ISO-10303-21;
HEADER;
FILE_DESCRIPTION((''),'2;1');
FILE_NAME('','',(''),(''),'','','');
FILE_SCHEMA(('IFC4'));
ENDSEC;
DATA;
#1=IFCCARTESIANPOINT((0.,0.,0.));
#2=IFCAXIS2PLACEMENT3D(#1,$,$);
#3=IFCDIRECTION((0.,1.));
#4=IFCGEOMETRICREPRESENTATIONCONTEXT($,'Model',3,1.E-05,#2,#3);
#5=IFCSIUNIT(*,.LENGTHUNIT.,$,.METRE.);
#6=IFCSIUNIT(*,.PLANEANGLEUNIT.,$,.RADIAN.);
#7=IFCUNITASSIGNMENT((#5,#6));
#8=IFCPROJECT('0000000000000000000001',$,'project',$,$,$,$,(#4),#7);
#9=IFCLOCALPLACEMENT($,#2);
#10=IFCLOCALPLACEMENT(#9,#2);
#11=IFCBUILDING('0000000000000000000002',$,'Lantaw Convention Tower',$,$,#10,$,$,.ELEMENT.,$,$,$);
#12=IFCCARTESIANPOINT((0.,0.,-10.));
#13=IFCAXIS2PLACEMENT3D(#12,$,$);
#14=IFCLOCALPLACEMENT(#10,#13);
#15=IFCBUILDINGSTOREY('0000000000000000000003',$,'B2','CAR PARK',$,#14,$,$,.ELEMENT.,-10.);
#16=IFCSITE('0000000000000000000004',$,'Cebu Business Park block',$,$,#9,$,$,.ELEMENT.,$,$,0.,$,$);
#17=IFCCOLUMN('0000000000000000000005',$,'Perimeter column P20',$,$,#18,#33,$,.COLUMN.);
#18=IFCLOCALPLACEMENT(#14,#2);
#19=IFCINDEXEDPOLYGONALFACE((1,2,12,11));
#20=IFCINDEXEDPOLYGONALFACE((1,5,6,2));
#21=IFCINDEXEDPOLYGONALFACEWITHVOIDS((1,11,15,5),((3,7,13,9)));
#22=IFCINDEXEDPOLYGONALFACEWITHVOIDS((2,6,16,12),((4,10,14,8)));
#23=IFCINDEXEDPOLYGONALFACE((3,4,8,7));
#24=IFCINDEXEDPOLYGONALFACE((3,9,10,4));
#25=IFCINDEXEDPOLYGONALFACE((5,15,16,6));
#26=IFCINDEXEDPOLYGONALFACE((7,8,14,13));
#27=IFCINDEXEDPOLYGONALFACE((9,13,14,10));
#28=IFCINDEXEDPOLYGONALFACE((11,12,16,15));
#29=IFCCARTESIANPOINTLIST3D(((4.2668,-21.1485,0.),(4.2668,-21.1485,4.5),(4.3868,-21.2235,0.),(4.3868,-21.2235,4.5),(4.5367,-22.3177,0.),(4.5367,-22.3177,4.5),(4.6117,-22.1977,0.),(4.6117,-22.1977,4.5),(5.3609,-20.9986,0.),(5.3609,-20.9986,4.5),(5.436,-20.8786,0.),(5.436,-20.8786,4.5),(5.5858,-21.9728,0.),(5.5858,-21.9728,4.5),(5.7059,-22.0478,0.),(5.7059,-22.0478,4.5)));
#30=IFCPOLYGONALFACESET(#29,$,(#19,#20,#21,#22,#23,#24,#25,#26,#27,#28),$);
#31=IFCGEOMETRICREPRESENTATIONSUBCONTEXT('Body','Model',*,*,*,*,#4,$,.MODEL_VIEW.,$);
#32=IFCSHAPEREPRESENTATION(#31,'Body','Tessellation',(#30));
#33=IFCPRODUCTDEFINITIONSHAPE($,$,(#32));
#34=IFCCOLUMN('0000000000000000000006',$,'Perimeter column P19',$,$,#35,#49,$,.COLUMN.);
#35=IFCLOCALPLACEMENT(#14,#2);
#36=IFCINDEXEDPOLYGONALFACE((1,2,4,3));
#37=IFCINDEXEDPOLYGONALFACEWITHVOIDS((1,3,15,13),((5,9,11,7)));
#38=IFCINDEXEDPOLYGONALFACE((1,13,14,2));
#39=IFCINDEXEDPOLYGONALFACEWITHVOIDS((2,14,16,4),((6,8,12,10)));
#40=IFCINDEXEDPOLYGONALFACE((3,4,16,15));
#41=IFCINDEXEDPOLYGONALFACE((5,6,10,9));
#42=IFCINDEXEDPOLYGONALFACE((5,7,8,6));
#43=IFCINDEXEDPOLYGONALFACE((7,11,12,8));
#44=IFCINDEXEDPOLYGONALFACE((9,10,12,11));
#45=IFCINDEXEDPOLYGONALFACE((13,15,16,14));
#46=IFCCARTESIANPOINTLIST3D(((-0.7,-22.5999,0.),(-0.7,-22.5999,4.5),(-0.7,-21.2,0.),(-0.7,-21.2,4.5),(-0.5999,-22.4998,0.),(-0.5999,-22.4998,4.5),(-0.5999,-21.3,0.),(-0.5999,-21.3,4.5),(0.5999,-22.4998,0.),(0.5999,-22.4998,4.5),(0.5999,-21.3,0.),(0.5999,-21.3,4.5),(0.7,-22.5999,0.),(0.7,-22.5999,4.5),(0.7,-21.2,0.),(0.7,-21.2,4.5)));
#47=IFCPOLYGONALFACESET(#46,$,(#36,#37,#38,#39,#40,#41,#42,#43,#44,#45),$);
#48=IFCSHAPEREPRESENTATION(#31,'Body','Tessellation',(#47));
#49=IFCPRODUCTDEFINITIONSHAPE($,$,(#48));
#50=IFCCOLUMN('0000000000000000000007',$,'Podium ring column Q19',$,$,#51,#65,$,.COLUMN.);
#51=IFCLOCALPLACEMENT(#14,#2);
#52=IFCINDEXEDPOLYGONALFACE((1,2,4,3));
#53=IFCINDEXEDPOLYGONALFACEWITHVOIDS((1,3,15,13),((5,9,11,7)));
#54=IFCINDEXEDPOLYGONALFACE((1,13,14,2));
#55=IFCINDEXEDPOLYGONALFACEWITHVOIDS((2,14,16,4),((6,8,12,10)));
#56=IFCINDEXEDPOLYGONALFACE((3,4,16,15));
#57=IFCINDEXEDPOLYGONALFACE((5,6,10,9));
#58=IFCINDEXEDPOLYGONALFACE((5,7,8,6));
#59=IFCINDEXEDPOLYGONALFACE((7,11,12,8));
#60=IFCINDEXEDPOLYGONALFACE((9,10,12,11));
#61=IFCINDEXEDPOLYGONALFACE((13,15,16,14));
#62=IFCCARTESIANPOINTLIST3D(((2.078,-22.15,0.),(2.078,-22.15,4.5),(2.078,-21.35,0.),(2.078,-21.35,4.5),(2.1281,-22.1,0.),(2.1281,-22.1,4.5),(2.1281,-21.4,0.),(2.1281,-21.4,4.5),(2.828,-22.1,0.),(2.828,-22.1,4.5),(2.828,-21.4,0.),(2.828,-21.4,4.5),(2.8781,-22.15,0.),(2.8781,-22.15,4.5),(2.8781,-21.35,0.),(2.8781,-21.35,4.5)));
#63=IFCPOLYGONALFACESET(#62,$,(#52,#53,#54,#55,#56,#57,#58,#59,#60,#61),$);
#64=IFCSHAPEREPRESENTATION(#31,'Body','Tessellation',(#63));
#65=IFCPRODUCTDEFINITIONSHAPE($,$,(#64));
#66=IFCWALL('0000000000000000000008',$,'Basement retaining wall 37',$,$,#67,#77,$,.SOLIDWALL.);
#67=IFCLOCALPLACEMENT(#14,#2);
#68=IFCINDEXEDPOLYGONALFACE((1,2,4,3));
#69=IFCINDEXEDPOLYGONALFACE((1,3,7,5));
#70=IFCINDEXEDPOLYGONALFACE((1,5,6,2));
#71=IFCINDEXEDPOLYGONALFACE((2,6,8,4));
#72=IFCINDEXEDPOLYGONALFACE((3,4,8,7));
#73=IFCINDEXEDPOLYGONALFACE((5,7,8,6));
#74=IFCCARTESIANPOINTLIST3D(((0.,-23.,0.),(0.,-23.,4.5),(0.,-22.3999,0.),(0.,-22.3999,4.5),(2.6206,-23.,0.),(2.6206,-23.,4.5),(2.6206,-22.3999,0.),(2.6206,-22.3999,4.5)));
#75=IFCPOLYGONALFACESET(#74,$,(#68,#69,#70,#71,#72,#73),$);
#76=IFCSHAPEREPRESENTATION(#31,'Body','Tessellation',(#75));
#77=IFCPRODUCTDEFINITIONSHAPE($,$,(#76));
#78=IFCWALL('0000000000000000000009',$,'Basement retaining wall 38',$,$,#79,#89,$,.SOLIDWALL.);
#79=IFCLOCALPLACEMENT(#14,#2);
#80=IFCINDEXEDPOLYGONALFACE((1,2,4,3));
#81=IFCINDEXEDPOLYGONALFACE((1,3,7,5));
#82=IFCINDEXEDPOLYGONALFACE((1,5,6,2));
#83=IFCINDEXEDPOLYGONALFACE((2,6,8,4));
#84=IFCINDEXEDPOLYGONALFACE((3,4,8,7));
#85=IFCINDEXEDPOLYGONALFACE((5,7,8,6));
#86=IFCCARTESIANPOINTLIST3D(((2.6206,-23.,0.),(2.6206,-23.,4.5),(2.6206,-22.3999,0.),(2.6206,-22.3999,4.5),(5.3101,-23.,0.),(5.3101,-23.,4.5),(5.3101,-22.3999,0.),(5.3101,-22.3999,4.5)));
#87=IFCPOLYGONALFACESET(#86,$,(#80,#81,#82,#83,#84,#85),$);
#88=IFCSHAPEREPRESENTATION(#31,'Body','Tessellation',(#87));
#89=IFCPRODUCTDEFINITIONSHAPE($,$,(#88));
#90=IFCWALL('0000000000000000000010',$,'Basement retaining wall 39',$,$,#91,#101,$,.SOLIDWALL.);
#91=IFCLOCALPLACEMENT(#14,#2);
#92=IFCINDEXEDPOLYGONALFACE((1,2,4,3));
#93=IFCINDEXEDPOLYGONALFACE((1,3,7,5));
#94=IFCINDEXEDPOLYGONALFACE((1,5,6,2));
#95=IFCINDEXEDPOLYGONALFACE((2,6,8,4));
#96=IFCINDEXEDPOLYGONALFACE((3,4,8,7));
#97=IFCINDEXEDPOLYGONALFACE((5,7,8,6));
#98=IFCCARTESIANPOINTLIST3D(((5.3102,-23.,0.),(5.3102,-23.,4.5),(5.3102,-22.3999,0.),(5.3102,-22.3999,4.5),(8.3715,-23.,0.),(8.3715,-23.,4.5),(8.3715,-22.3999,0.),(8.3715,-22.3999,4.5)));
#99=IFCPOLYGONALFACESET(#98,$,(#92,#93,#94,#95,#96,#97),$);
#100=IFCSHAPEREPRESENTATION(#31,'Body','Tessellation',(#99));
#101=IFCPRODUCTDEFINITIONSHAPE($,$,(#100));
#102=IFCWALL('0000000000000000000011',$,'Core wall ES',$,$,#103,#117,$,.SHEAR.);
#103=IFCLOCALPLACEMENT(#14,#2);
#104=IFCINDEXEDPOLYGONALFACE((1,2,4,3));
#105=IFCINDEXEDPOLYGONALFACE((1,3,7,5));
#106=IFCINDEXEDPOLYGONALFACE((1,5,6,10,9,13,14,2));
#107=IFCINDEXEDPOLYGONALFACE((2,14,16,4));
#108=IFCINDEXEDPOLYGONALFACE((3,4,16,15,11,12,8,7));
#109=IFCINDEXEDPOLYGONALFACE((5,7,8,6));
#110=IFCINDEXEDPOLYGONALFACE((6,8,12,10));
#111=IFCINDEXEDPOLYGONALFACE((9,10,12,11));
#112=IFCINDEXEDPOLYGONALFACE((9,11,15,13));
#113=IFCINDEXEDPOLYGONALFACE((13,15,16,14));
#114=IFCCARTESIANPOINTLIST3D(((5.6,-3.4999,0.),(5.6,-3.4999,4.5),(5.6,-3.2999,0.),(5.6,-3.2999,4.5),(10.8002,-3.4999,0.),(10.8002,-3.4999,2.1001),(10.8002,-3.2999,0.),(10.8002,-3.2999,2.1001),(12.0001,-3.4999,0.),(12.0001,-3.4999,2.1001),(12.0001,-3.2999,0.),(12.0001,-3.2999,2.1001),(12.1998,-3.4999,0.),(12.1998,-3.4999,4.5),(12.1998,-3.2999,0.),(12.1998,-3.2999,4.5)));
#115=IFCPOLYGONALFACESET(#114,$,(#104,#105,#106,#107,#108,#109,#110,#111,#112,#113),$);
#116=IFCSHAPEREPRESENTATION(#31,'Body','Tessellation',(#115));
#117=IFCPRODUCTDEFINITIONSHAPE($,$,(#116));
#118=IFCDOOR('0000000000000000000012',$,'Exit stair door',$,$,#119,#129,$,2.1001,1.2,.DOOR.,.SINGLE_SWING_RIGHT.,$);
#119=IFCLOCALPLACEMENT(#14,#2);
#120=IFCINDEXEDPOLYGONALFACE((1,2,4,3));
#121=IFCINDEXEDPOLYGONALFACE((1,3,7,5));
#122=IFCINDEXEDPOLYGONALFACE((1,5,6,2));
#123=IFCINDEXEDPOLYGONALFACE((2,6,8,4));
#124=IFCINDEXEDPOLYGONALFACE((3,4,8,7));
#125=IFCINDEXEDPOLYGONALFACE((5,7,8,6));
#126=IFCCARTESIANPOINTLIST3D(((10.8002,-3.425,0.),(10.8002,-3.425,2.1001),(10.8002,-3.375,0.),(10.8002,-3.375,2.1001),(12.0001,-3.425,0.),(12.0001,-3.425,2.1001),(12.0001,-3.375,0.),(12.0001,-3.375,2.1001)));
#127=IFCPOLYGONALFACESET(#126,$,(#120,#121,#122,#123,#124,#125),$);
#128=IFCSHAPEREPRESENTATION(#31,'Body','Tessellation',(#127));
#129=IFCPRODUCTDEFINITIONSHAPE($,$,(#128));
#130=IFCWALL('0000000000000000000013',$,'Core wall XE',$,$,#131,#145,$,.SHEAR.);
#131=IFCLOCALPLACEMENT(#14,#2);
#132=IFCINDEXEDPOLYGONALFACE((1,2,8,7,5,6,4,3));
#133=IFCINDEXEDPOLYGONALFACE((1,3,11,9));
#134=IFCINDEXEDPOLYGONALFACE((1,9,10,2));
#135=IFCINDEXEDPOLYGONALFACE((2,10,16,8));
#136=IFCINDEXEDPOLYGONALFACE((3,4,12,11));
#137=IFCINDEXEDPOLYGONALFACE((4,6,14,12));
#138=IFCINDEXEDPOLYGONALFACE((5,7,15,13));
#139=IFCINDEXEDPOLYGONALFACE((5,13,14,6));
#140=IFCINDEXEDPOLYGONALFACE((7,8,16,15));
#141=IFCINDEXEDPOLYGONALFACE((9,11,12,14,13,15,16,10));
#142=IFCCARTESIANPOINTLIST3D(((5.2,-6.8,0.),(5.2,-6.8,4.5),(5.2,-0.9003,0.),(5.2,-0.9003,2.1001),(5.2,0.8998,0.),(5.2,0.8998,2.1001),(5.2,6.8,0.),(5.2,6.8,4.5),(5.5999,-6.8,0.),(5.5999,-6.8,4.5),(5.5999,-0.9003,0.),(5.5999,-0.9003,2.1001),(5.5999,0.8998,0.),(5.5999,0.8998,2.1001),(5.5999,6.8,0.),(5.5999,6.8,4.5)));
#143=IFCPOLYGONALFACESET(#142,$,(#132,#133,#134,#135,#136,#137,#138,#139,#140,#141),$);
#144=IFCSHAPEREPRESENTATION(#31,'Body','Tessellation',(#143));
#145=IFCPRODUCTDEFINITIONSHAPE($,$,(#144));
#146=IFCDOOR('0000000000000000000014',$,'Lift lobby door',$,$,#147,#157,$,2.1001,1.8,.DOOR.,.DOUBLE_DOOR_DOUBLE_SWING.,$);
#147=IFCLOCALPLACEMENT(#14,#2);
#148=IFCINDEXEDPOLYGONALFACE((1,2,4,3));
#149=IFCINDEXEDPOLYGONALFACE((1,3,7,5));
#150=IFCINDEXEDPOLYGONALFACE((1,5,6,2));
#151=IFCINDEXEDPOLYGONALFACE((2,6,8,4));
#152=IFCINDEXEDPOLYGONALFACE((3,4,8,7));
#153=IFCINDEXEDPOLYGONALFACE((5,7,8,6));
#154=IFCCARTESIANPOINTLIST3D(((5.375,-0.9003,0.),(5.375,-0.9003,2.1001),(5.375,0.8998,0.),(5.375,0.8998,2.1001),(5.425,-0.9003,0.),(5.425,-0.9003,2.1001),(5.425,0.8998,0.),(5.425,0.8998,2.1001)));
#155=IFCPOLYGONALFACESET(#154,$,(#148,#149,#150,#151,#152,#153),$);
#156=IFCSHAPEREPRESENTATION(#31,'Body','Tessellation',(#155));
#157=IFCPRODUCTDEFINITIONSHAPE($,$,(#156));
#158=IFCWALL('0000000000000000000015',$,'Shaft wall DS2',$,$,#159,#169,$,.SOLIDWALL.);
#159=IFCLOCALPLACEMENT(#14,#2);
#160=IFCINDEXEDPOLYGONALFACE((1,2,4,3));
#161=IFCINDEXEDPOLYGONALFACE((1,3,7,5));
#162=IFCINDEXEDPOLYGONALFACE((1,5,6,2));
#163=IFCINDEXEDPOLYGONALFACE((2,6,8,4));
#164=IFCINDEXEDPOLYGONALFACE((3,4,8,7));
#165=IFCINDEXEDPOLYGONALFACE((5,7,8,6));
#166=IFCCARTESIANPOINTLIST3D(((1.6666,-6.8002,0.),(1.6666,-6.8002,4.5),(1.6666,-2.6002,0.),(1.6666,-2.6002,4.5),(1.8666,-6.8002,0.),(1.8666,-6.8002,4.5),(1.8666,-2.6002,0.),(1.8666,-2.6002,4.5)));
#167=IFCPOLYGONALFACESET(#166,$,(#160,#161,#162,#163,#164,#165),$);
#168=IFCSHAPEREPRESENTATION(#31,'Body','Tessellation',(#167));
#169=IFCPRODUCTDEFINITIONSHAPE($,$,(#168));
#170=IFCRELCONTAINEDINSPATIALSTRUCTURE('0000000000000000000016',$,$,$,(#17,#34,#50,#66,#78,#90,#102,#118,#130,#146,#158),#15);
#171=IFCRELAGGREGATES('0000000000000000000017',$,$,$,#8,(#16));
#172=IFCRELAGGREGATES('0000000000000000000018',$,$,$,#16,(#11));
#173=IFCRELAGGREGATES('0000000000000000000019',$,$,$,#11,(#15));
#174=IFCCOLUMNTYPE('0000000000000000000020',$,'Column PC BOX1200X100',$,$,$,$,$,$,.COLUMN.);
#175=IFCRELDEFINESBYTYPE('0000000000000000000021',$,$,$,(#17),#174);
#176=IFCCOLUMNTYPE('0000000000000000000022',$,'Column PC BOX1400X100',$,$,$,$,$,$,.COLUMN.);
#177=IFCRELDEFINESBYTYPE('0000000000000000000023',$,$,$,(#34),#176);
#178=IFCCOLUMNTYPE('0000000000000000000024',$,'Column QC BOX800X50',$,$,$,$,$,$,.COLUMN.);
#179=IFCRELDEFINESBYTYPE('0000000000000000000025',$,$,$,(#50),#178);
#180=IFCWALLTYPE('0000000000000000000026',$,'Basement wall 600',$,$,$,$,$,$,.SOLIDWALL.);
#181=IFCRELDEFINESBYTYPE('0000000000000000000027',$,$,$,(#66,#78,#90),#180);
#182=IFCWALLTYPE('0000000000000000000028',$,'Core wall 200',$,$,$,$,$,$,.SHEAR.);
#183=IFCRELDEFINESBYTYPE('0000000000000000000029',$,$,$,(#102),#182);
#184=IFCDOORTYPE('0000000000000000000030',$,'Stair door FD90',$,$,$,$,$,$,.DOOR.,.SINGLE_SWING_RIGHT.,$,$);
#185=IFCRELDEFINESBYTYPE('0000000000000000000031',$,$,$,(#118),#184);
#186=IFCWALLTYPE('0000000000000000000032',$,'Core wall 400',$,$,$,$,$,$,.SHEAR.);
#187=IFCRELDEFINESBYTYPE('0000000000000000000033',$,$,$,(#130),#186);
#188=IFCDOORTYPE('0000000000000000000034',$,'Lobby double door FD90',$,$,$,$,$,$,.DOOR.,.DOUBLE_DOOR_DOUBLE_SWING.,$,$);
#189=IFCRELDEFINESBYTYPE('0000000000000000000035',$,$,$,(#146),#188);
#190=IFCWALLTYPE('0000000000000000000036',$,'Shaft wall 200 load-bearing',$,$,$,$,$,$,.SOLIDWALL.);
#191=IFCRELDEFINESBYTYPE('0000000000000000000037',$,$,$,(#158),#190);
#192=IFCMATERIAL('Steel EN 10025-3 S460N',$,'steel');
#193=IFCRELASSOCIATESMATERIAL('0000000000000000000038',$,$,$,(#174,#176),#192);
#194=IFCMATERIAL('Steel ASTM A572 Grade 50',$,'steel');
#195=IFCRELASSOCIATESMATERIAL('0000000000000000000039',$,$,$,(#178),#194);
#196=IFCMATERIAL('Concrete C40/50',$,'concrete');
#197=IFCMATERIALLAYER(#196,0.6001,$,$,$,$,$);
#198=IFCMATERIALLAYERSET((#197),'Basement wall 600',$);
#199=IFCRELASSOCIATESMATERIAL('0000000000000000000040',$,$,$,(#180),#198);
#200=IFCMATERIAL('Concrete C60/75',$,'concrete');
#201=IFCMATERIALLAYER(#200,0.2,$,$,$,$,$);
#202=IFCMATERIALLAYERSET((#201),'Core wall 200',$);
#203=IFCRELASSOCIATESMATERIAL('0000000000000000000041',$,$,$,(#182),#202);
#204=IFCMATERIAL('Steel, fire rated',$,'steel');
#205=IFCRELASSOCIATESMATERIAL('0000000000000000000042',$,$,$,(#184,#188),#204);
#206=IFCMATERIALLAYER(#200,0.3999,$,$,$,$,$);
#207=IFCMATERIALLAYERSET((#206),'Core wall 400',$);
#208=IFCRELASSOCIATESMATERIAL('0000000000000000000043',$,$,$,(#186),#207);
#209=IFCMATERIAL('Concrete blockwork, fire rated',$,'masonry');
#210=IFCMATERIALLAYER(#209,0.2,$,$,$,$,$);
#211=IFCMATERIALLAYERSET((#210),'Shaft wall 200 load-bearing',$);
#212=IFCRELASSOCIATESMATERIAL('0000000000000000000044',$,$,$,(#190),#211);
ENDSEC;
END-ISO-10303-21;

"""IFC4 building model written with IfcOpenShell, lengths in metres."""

from ifc_helpers import new_model, si_unit, direction, frame, frame_2d, origin, origin_2d, place, context, subcontext, project, spatial, rectangle, hollow_rectangle, extrude, material, layer, layer_set, material_profile, profile_set, type_object, element, fill, save


model = new_model("IFC4")

# Units and contexts
model_context = context("Model", 3, precision=1e-05, world=origin(), true_north=direction((0.0, 1.0)))
body_context = subcontext(model_context, "Body", "Model", "MODEL_VIEW")
ifc_project = project(units=[si_unit("LENGTHUNIT", "METRE"), si_unit("PLANEANGLEUNIT", "RADIAN")], contexts=[model_context])

# Site, building, storey
site_placement = place(None, origin())
site = spatial("IfcSite", under=ifc_project, at=site_placement, Name="Cebu Business Park block", CompositionType="ELEMENT", RefElevation=0.0)
building_placement = place(site_placement, origin())
building = spatial("IfcBuilding", under=site, at=building_placement, Name="Lantaw Convention Tower", CompositionType="ELEMENT")
storey_placement = place(building_placement, frame((0.0, 0.0, -10.0)))
storey = spatial("IfcBuildingStorey", under=building, at=storey_placement, Name="B2", Description="CAR PARK", CompositionType="ELEMENT", Elevation=-10.0)

# Shared definitions
ifc_material_1 = material(Name="Concrete C40/50", Category="concrete")

# Columns
ifc_material_2 = material(Name="Steel EN 10025-3 S460N", Category="steel")
ifc_material_3 = material(Name="Concrete C60/75", Category="concrete")
ifc_material_profile_1 = material_profile(ifc_material_2, hollow_rectangle(XDim=1.2, YDim=1.2, WallThickness=0.1001, at=origin_2d()), Name="BOX1200X100")
ifc_material_profile_2 = material_profile(ifc_material_3, rectangle(XDim=1.0, YDim=1.0, at=origin_2d()), Name="Concrete fill of BOX1200X100")
ifc_profile_set_1 = profile_set([ifc_material_profile_1, ifc_material_profile_2], Name="Steel EN 10025-3 S460N")
column_type_1 = type_object("IfcColumnType", Name="Column PC BOX1200X100", PredefinedType="COLUMN", material=ifc_profile_set_1)
column_1_placement = place(storey_placement, frame((4.9863, -21.5981, 0.0), z_axis=(0.0, 0.0, 1.0), x_axis=(0.97437, 0.224951, 0.0)))
element("IfcColumn", 1, at=column_1_placement, inside=storey, type_object=column_type_1, Name="Perimeter column P20", PredefinedType="COLUMN", context=body_context, shape_type="SweptSolid", body=[
    extrude(hollow_rectangle(XDim=1.2, YDim=1.2, WallThickness=0.1001, at=origin_2d()), origin(), (0.0, 0.0, 1.0), 4.5),
])
ifc_material_profile_3 = material_profile(ifc_material_2, hollow_rectangle(XDim=1.3999, YDim=1.3999, WallThickness=0.1001, at=origin_2d()), Name="BOX1400X100")
ifc_material_profile_4 = material_profile(ifc_material_3, rectangle(XDim=1.2, YDim=1.2, at=origin_2d()), Name="Concrete fill of BOX1400X100")
ifc_profile_set_2 = profile_set([ifc_material_profile_3, ifc_material_profile_4], Name="Steel EN 10025-3 S460N")
column_type_2 = type_object("IfcColumnType", Name="Column PC BOX1400X100", PredefinedType="COLUMN", material=ifc_profile_set_2)
column_2_placement = place(storey_placement, frame((0.0, -21.8999, 0.0), z_axis=(0.0, 0.0, 1.0), x_axis=(1.0, 0.0, 0.0)))
element("IfcColumn", 2, at=column_2_placement, inside=storey, type_object=column_type_2, Name="Perimeter column P19", PredefinedType="COLUMN", context=body_context, shape_type="SweptSolid", body=[
    extrude(hollow_rectangle(XDim=1.3999, YDim=1.3999, WallThickness=0.1001, at=origin_2d()), origin(), (0.0, 0.0, 1.0), 4.5),
])
ifc_material_4 = material(Name="Steel ASTM A572 Grade 50", Category="steel")
ifc_material_profile_5 = material_profile(ifc_material_4, hollow_rectangle(XDim=0.8, YDim=0.8, WallThickness=0.05, at=origin_2d()), Name="BOX800X50")
ifc_profile_set_3 = profile_set([ifc_material_profile_5], Name="Steel ASTM A572 Grade 50")
column_type_3 = type_object("IfcColumnType", Name="Column QC BOX800X50", PredefinedType="COLUMN", material=ifc_profile_set_3)
column_3_placement = place(storey_placement, frame((2.478, -21.75, 0.0), z_axis=(0.0, 0.0, 1.0), x_axis=(1.0, 0.0, 0.0)))
element("IfcColumn", 3, at=column_3_placement, inside=storey, type_object=column_type_3, Name="Podium ring column Q19", PredefinedType="COLUMN", context=body_context, shape_type="SweptSolid", body=[
    extrude(hollow_rectangle(XDim=0.8, YDim=0.8, WallThickness=0.05, at=origin_2d()), origin(), (0.0, 0.0, 1.0), 4.5),
])

# Walls
ifc_layer_1 = layer(ifc_material_1, 0.6001)
ifc_layer_set_1 = layer_set([ifc_layer_1], Name="Basement wall 600")
wall_type_1 = type_object("IfcWallType", Name="Basement wall 600", PredefinedType="SOLIDWALL", material=ifc_layer_set_1)
wall_1_placement = place(storey_placement, frame((0.0, -22.7, 0.0), z_axis=(0.0, 0.0, 1.0), x_axis=(1.0, 0.0, 0.0)))
element("IfcWall", 4, at=wall_1_placement, inside=storey, type_object=wall_type_1, Name="Basement retaining wall 37", PredefinedType="SOLIDWALL", context=body_context, shape_type="SweptSolid", body=[
    extrude(rectangle(XDim=2.6206, YDim=0.6001, at=frame_2d((1.3103, 0.0))), origin(), (0.0, 0.0, 1.0), 4.5),
])
wall_2_placement = place(storey_placement, frame((2.6206, -22.7, 0.0), z_axis=(0.0, 0.0, 1.0), x_axis=(1.0, 0.0, 0.0)))
element("IfcWall", 5, at=wall_2_placement, inside=storey, type_object=wall_type_1, Name="Basement retaining wall 38", PredefinedType="SOLIDWALL", context=body_context, shape_type="SweptSolid", body=[
    extrude(rectangle(XDim=2.6895, YDim=0.6001, at=frame_2d((1.3447, 0.0))), origin(), (0.0, 0.0, 1.0), 4.5),
])
wall_3_placement = place(storey_placement, frame((5.3101, -22.7, 0.0), z_axis=(0.0, 0.0, 1.0), x_axis=(1.0, 0.0, 0.0)))
element("IfcWall", 6, at=wall_3_placement, inside=storey, type_object=wall_type_1, Name="Basement retaining wall 39", PredefinedType="SOLIDWALL", context=body_context, shape_type="SweptSolid", body=[
    extrude(rectangle(XDim=3.0613, YDim=0.6001, at=frame_2d((1.5308, 0.0))), origin(), (0.0, 0.0, 1.0), 4.5),
])

# Walls, openings, doors
ifc_layer_2 = layer(ifc_material_3, 0.2)
ifc_layer_set_2 = layer_set([ifc_layer_2], Name="Core wall 200")
wall_type_2 = type_object("IfcWallType", Name="Core wall 200", PredefinedType="SHEAR", material=ifc_layer_set_2)
wall_4_placement = place(storey_placement, frame((5.6001, -3.3999, 0.0), z_axis=(0.0, 0.0, 1.0), x_axis=(1.0, 0.0, 0.0)))
wall_4 = element("IfcWall", 7, at=wall_4_placement, inside=storey, type_object=wall_type_2, Name="Core wall ES", PredefinedType="SHEAR", context=body_context, shape_type="SweptSolid", body=[
    extrude(rectangle(XDim=6.5999, YDim=0.2, at=frame_2d((3.2998, 0.0))), origin(), (0.0, 0.0, 1.0), 4.5),
])
opening_1_placement = place(wall_4_placement, frame((5.2, 0.0, 0.0)))
opening_1 = element("IfcOpeningElement", 8, at=opening_1_placement, cuts=wall_4, PredefinedType="OPENING", context=body_context, shape_type="SweptSolid", body=[
    extrude(rectangle(XDim=1.2, YDim=2.1001, at=frame_2d((0.6001, 1.05))), frame((0.0, 0.1099, 0.0), z_axis=(0.0, -1.0, 0.0), x_axis=(1.0, 0.0, 0.0)), (0.0, 0.0, 1.0), 0.22),
])
ifc_material_5 = material(Name="Steel, fire rated", Category="steel")
door_type_1 = type_object("IfcDoorType", Name="Stair door FD90", OperationType="SINGLE_SWING_RIGHT", PredefinedType="DOOR", material=ifc_material_5)
door_1_placement = place(opening_1_placement, origin())
door_1 = element("IfcDoor", 9, at=door_1_placement, inside=storey, type_object=door_type_1, Name="Exit stair door", OperationType="SINGLE_SWING_RIGHT", OverallHeight=2.1001, OverallWidth=1.2, PredefinedType="DOOR", context=body_context, shape_type="SweptSolid", body=[
    extrude(rectangle(XDim=1.2, YDim=2.1001, at=frame_2d((0.6001, 1.05))), frame((0.0, 0.0249, 0.0), z_axis=(0.0, -1.0, 0.0), x_axis=(1.0, 0.0, 0.0)), (0.0, 0.0, 1.0), 0.05),
])
fill(opening_1, door_1)
ifc_layer_3 = layer(ifc_material_3, 0.3999)
ifc_layer_set_3 = layer_set([ifc_layer_3], Name="Core wall 400")
wall_type_3 = type_object("IfcWallType", Name="Core wall 400", PredefinedType="SHEAR", material=ifc_layer_set_3)
wall_5_placement = place(storey_placement, frame((5.3999, -6.8, 0.0), z_axis=(0.0, 0.0, 1.0), x_axis=(0.0, 1.0, 0.0)))
wall_5 = element("IfcWall", 10, at=wall_5_placement, inside=storey, type_object=wall_type_3, Name="Core wall XE", PredefinedType="SHEAR", context=body_context, shape_type="SweptSolid", body=[
    extrude(rectangle(XDim=13.6001, YDim=0.3999, at=frame_2d((6.8, 0.0))), origin(), (0.0, 0.0, 1.0), 4.5),
])
opening_2_placement = place(wall_5_placement, frame((5.8999, 0.0, 0.0)))
opening_2 = element("IfcOpeningElement", 11, at=opening_2_placement, cuts=wall_5, PredefinedType="OPENING", context=body_context, shape_type="SweptSolid", body=[
    extrude(rectangle(XDim=1.8, YDim=2.1001, at=frame_2d((0.8999, 1.05))), frame((0.0, 0.21, 0.0), z_axis=(0.0, -1.0, 0.0), x_axis=(1.0, 0.0, 0.0)), (0.0, 0.0, 1.0), 0.4199),
])
door_type_2 = type_object("IfcDoorType", Name="Lobby double door FD90", OperationType="DOUBLE_DOOR_DOUBLE_SWING", PredefinedType="DOOR", material=ifc_material_5)
door_2_placement = place(opening_2_placement, origin())
door_2 = element("IfcDoor", 12, at=door_2_placement, inside=storey, type_object=door_type_2, Name="Lift lobby door", OperationType="DOUBLE_DOOR_DOUBLE_SWING", OverallHeight=2.1001, OverallWidth=1.8, PredefinedType="DOOR", context=body_context, shape_type="SweptSolid", body=[
    extrude(rectangle(XDim=1.8, YDim=2.1001, at=frame_2d((0.8999, 1.05))), frame((0.0, 0.0249, 0.0), z_axis=(0.0, -1.0, 0.0), x_axis=(1.0, 0.0, 0.0)), (0.0, 0.0, 1.0), 0.05),
])
fill(opening_2, door_2)

# Wall
ifc_material_6 = material(Name="Concrete blockwork, fire rated", Category="masonry")
ifc_layer_4 = layer(ifc_material_6, 0.2)
ifc_layer_set_4 = layer_set([ifc_layer_4], Name="Shaft wall 200 load-bearing")
wall_type_4 = type_object("IfcWallType", Name="Shaft wall 200 load-bearing", PredefinedType="SOLIDWALL", material=ifc_layer_set_4)
wall_6_placement = place(storey_placement, frame((1.7666, -2.6001, 0.0), z_axis=(0.0, 0.0, 1.0), x_axis=(0.0, -1.0, 0.0)))
element("IfcWall", 13, at=wall_6_placement, inside=storey, type_object=wall_type_4, Name="Shaft wall DS2", PredefinedType="SOLIDWALL", context=body_context, shape_type="SweptSolid", body=[
    extrude(rectangle(XDim=4.2, YDim=0.2, at=frame_2d((2.1001, 0.0))), origin(), (0.0, 0.0, 1.0), 4.5),
])

save(model, "model.ifc")
